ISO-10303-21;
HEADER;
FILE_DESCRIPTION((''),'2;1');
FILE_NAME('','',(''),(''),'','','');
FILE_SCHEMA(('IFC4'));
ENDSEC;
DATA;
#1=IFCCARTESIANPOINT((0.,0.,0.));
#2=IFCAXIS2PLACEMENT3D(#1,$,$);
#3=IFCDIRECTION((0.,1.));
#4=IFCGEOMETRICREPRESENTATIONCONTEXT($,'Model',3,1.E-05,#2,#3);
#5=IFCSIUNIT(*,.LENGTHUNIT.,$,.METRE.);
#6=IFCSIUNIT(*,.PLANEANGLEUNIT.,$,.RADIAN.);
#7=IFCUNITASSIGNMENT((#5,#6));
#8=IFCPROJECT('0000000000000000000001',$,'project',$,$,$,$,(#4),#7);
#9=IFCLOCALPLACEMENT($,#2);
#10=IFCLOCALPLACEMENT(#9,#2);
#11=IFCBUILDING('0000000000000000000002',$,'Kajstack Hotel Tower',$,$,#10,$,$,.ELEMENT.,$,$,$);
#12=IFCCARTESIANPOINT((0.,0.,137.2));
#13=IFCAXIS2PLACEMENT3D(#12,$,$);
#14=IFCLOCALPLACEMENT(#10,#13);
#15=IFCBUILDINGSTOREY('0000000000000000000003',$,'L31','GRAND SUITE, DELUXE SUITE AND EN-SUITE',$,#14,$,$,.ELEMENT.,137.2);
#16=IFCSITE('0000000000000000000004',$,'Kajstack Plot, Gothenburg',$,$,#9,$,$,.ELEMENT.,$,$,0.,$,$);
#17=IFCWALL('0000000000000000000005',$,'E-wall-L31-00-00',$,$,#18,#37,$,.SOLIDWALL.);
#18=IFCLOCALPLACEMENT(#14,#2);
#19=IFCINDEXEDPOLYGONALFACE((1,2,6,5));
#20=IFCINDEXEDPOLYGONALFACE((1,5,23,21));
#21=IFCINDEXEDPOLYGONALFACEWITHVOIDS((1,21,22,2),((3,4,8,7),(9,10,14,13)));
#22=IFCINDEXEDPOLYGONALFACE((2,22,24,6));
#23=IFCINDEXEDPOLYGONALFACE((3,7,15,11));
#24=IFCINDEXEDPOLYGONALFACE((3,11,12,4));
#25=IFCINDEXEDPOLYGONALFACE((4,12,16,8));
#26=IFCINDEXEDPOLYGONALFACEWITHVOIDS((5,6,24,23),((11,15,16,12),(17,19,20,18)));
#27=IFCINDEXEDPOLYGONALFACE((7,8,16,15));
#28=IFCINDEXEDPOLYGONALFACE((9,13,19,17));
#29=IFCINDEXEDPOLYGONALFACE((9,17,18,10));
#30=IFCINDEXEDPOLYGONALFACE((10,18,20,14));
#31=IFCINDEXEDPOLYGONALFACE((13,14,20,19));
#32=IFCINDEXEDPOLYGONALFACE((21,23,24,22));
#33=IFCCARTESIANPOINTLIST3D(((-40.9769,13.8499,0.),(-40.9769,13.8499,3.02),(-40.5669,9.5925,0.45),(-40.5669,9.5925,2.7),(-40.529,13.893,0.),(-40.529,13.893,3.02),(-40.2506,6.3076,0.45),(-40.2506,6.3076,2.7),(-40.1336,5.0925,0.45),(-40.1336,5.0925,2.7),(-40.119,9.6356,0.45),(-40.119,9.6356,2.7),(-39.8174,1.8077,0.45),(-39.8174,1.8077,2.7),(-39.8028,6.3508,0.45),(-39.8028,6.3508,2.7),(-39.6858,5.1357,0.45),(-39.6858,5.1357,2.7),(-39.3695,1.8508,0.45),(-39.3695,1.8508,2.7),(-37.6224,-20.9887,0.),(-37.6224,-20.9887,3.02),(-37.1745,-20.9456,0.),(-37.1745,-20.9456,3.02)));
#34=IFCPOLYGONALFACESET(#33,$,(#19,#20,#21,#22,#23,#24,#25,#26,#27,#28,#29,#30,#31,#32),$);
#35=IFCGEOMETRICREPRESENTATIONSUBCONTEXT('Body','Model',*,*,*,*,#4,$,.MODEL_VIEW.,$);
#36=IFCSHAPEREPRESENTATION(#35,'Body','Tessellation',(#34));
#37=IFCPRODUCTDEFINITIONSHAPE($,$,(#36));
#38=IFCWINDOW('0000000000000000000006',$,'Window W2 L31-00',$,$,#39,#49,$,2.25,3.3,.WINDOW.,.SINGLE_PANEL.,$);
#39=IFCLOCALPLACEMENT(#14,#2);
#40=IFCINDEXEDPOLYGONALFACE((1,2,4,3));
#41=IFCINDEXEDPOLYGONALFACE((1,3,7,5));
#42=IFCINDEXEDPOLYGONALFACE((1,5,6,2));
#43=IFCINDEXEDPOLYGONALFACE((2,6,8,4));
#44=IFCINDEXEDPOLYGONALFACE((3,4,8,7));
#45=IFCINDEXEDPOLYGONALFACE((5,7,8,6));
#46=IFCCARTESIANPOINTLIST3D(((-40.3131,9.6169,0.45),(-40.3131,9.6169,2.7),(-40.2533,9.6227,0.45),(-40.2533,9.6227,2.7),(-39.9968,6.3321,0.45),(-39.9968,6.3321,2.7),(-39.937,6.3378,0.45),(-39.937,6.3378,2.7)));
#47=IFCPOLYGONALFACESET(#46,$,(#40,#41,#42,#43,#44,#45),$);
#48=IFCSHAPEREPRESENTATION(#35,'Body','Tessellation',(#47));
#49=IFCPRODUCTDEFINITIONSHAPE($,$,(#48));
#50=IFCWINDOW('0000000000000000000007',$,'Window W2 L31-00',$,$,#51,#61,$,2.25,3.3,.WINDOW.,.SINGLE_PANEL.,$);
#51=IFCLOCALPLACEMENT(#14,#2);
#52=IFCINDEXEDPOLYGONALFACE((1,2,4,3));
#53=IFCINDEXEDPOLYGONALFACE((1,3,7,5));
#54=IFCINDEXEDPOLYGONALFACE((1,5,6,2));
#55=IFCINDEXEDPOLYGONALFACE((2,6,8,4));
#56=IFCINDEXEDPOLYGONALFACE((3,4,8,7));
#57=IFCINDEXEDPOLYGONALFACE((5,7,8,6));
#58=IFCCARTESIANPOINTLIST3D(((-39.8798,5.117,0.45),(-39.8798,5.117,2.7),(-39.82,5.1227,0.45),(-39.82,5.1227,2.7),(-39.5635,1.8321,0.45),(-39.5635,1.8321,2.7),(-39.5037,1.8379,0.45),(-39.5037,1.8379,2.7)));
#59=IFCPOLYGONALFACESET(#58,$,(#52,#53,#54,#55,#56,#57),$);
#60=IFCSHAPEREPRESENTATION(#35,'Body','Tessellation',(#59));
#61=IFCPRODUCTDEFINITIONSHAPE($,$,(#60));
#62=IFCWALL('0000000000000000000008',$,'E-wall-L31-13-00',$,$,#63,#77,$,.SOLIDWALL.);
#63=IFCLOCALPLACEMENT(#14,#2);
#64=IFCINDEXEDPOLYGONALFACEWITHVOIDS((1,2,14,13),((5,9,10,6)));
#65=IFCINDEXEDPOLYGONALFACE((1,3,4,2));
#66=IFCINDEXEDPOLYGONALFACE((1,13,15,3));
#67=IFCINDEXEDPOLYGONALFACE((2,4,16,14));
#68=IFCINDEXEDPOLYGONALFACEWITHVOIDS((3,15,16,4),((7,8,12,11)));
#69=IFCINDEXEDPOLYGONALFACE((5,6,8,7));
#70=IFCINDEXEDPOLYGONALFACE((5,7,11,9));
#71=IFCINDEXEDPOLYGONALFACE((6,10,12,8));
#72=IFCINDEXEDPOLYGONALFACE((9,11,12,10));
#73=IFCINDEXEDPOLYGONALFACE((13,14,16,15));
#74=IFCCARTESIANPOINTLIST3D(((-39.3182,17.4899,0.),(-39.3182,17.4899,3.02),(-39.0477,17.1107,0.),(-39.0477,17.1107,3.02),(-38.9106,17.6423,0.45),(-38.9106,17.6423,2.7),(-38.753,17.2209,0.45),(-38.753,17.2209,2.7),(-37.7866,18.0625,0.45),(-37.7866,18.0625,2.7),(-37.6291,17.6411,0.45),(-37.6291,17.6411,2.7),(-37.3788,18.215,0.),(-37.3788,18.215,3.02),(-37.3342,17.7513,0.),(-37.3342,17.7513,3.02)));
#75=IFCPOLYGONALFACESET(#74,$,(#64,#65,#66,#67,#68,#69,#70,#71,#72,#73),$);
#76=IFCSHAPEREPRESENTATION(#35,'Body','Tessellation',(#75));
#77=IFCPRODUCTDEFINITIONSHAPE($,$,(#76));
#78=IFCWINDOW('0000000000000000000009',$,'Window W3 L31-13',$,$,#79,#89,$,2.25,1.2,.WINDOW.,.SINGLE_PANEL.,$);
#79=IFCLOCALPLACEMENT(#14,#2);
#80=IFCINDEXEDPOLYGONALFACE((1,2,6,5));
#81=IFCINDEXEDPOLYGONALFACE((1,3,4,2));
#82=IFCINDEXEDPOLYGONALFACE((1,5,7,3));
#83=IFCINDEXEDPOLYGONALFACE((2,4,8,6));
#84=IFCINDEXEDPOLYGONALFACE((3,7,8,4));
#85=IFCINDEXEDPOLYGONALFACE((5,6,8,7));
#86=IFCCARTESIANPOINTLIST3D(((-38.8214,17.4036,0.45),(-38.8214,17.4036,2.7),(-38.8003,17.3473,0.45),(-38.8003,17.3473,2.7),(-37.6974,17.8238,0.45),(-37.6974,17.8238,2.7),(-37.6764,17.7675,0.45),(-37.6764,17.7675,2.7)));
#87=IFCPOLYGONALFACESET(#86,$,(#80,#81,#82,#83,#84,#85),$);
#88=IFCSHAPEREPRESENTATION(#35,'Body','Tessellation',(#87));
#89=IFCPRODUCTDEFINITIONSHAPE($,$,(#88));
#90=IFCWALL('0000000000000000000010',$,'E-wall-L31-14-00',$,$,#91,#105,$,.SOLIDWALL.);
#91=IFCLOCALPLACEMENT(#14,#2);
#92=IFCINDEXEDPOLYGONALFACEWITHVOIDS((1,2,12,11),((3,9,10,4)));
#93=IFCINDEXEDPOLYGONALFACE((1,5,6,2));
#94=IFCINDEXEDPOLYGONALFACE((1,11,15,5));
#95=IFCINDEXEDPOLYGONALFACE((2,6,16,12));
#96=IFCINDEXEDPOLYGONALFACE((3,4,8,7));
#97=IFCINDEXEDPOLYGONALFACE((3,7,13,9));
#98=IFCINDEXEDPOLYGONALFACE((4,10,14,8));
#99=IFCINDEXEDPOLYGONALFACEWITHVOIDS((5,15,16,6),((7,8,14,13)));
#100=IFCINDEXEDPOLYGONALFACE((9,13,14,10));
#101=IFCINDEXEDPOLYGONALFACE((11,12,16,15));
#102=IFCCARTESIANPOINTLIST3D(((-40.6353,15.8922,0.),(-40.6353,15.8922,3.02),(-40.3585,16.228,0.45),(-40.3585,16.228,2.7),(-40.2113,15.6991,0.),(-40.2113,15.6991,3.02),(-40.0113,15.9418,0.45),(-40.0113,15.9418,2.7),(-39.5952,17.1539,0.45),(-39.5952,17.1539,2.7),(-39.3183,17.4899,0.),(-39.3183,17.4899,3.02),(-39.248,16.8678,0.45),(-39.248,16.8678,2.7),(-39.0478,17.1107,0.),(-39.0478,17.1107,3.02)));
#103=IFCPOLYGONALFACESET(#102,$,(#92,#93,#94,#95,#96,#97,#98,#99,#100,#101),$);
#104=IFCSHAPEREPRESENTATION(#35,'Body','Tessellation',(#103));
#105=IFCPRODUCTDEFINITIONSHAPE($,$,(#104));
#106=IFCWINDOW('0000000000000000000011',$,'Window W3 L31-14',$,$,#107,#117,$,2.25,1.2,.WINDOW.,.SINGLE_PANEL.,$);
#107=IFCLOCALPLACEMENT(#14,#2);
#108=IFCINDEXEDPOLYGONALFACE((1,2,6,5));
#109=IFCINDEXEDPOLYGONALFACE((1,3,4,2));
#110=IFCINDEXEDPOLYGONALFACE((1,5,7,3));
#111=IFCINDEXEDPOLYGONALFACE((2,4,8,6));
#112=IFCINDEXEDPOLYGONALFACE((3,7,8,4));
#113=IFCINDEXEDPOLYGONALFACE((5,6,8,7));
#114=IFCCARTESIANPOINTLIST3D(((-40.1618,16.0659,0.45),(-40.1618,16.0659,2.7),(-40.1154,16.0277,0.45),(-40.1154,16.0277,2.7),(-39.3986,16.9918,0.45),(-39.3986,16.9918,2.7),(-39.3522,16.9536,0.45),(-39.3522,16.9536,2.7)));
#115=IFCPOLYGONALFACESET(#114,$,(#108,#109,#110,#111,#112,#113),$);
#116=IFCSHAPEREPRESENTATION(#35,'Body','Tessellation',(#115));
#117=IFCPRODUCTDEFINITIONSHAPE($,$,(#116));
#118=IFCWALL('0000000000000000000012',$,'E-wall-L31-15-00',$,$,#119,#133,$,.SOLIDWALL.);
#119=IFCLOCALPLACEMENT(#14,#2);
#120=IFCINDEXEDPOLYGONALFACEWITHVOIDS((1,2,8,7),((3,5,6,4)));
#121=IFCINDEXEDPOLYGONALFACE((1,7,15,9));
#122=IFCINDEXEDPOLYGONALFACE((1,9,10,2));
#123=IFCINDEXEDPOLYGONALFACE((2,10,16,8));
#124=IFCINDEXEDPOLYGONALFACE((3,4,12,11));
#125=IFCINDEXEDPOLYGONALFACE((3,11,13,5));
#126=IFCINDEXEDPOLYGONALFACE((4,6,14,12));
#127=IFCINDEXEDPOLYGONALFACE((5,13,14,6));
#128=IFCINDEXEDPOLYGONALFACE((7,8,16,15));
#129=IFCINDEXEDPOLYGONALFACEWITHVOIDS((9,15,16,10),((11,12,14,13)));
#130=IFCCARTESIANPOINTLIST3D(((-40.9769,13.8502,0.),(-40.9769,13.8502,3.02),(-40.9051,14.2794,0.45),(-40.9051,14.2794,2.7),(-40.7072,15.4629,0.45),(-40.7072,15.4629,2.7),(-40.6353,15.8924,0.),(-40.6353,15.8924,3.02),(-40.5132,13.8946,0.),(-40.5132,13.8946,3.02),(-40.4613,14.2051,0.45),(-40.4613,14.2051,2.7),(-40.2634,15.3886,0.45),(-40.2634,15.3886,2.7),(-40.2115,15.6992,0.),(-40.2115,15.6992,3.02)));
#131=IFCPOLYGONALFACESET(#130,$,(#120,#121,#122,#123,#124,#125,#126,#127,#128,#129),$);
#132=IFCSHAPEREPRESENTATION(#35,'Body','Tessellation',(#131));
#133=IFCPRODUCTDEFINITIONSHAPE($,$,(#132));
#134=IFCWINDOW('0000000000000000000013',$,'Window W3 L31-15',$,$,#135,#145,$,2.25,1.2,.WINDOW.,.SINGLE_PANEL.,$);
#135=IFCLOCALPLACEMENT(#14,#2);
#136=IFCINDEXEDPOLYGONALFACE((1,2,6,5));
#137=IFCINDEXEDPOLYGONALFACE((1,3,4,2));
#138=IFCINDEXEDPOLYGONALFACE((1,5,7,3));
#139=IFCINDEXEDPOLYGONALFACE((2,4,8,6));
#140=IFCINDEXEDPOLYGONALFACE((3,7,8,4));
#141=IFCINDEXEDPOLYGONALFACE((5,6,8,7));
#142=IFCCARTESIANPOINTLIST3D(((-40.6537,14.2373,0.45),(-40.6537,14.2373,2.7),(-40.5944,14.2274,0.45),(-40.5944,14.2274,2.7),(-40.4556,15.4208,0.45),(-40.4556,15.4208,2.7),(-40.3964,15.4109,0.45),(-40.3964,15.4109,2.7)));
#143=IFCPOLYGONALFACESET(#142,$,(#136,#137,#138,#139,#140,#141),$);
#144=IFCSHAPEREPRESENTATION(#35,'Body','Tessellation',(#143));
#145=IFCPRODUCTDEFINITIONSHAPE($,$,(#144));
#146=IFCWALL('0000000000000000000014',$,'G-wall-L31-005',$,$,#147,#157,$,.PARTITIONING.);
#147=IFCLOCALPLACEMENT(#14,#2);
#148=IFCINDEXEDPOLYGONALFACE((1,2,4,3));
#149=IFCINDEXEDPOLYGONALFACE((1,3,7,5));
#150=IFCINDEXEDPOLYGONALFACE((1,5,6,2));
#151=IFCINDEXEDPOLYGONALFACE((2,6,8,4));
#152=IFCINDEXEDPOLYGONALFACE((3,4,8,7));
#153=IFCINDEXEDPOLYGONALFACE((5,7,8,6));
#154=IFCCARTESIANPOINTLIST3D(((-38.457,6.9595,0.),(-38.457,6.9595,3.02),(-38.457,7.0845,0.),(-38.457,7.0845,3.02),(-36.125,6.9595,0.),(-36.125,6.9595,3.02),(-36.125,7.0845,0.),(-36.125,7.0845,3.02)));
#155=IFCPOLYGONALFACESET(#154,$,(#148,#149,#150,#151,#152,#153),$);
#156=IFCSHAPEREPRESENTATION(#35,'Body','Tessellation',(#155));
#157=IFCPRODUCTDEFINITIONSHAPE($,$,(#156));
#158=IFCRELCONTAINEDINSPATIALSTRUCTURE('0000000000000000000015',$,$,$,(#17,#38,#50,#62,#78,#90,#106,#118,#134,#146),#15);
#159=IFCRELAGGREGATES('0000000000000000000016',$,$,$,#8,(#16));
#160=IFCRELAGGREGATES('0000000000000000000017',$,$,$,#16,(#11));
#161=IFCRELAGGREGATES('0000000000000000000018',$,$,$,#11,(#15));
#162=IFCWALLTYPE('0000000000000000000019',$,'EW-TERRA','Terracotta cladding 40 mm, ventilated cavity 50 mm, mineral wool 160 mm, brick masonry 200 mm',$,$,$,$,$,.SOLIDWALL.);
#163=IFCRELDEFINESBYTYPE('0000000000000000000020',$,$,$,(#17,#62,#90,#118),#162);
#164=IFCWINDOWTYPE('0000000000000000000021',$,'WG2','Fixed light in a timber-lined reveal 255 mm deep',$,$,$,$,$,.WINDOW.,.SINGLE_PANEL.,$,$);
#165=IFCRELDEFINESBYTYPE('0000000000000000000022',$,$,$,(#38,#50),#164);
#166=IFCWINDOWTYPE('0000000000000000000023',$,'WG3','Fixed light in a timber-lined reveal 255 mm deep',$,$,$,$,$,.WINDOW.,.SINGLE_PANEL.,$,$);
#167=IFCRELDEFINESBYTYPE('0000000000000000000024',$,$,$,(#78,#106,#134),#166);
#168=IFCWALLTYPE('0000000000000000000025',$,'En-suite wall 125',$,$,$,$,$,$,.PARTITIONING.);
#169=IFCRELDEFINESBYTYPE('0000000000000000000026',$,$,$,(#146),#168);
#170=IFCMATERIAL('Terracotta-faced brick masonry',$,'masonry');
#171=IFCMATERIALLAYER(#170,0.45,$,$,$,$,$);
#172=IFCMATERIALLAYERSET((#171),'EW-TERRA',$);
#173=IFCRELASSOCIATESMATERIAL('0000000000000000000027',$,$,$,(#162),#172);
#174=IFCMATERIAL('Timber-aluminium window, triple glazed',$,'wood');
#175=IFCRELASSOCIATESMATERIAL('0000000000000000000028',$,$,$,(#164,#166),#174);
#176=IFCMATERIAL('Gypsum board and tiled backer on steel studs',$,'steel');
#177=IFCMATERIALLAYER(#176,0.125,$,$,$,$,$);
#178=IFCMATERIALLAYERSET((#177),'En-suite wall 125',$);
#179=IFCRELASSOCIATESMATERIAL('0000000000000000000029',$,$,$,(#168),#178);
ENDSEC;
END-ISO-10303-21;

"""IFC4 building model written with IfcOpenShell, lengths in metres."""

from ifc_helpers import new_model, si_unit, direction, frame, frame_2d, origin, place, context, subcontext, project, spatial, polyline, rectangle, outline, extrude, material, layer, layer_set, type_object, element, fill, save


model = new_model("IFC4")

# Units and contexts
model_context = context("Model", 3, precision=1e-05, world=origin(), true_north=direction((0.0, 1.0)))
body_context = subcontext(model_context, "Body", "Model", "MODEL_VIEW")
ifc_project = project(units=[si_unit("LENGTHUNIT", "METRE"), si_unit("PLANEANGLEUNIT", "RADIAN")], contexts=[model_context])

# Site, building, storey
site_placement = place(None, origin())
site = spatial("IfcSite", under=ifc_project, at=site_placement, Name="Kajstack Plot, Gothenburg", CompositionType="ELEMENT", RefElevation=0.0)
building_placement = place(site_placement, origin())
building = spatial("IfcBuilding", under=site, at=building_placement, Name="Kajstack Hotel Tower", CompositionType="ELEMENT")
storey_placement = place(building_placement, frame((0.0, 0.0, 137.2)))
storey = spatial("IfcBuildingStorey", under=building, at=storey_placement, Name="L31", Description="GRAND SUITE, DELUXE SUITE AND EN-SUITE", CompositionType="ELEMENT", Elevation=137.2)

# Wall, openings, windows
ifc_material_1 = material(Name="Terracotta-faced brick masonry", Category="masonry")
ifc_layer_1 = layer(ifc_material_1, 0.45)
ifc_layer_set_1 = layer_set([ifc_layer_1], Name="EW-TERRA")
wall_type_1 = type_object("IfcWallType", Name="EW-TERRA", Description="Terracotta cladding 40 mm, ventilated cavity 50 mm, mineral wool 160 mm, brick masonry 200 mm", PredefinedType="SOLIDWALL", material=ifc_layer_set_1)
wall_1_placement = place(storey_placement, frame((-40.7529, 13.8716, 0.0), z_axis=(0.0, 0.0, 1.0), x_axis=(0.095843, -0.995396, 0.0)))
wall_1 = element("IfcWall", 1, at=wall_1_placement, inside=storey, type_object=wall_type_1, Name="E-wall-L31-00-00", PredefinedType="SOLIDWALL", context=body_context, shape_type="SweptSolid", body=[
    extrude(rectangle(XDim=34.9998, YDim=0.45, at=frame_2d((17.5, 0.0))), origin(), (0.0, 0.0, 1.0), 3.02),
])
opening_1_placement = place(wall_1_placement, frame((4.2773, 0.0, 0.45)))
opening_1 = element("IfcOpeningElement", 2, at=opening_1_placement, cuts=wall_1, PredefinedType="OPENING", context=body_context, shape_type="SweptSolid", body=[
    extrude(rectangle(XDim=3.3, YDim=2.25, at=frame_2d((1.6499, 1.125))), frame((0.0, 0.2349, 0.0), z_axis=(0.0, -1.0, 0.0), x_axis=(1.0, 0.0, 0.0)), (0.0, 0.0, 1.0), 0.47),
])
opening_2_placement = place(wall_1_placement, frame((8.7981, 0.0, 0.45)))
opening_2 = element("IfcOpeningElement", 3, at=opening_2_placement, cuts=wall_1, PredefinedType="OPENING", context=body_context, shape_type="SweptSolid", body=[
    extrude(rectangle(XDim=3.3, YDim=2.25, at=frame_2d((1.6499, 1.125))), frame((0.0, 0.2349, 0.0), z_axis=(0.0, -1.0, 0.0), x_axis=(1.0, 0.0, 0.0)), (0.0, 0.0, 1.0), 0.47),
])
ifc_material_2 = material(Name="Timber-aluminium window, triple glazed", Category="wood")
window_type_1 = type_object("IfcWindowType", Name="WG2", Description="Fixed light in a timber-lined reveal 255 mm deep", PartitioningType="SINGLE_PANEL", PredefinedType="WINDOW", material=ifc_material_2)
window_1_placement = place(opening_1_placement, origin())
window_1 = element("IfcWindow", 4, at=window_1_placement, inside=storey, type_object=window_type_1, Name="Window W2 L31-00", OverallHeight=2.25, OverallWidth=3.3, PartitioningType="SINGLE_PANEL", PredefinedType="WINDOW", context=body_context, shape_type="SweptSolid", body=[
    extrude(rectangle(XDim=3.3, YDim=2.25, at=frame_2d((1.6499, 1.125))), frame((0.0, 0.0901, 0.0), z_axis=(0.0, -1.0, 0.0), x_axis=(1.0, 0.0, 0.0)), (0.0, 0.0, 1.0), 0.0601),
])
fill(opening_1, window_1)
window_2_placement = place(opening_2_placement, origin())
window_2 = element("IfcWindow", 5, at=window_2_placement, inside=storey, type_object=window_type_1, Name="Window W2 L31-00", OverallHeight=2.25, OverallWidth=3.3, PartitioningType="SINGLE_PANEL", PredefinedType="WINDOW", context=body_context, shape_type="SweptSolid", body=[
    extrude(rectangle(XDim=3.3, YDim=2.25, at=frame_2d((1.6499, 1.125))), frame((0.0, 0.0901, 0.0), z_axis=(0.0, -1.0, 0.0), x_axis=(1.0, 0.0, 0.0)), (0.0, 0.0, 1.0), 0.0601),
])
fill(opening_2, window_2)

# Walls, openings, windows
wall_2_placement = place(storey_placement, frame((-37.3, 18.0044, 0.0), z_axis=(0.0, 0.0, 1.0), x_axis=(-0.936678, -0.350193, 0.0)))
wall_2 = element("IfcWall", 6, at=wall_2_placement, inside=storey, type_object=wall_type_1, Name="E-wall-L31-13-00", PredefinedType="SOLIDWALL", context=body_context, shape_type="SweptSolid", body=[
    extrude(outline(polyline([(0.0, -0.2249), (2.0706, -0.2249), (1.95, 0.2251), (0.1206, 0.2251), (0.0, -0.2249)])), origin(), (0.0, 0.0, 1.0), 3.02),
])
opening_3_placement = place(wall_2_placement, frame((0.4353, 0.0, 0.45)))
opening_3 = element("IfcOpeningElement", 7, at=opening_3_placement, cuts=wall_2, PredefinedType="OPENING", context=body_context, shape_type="SweptSolid", body=[
    extrude(rectangle(XDim=1.2, YDim=2.25, at=frame_2d((0.6001, 1.125))), frame((0.0, 0.2349, 0.0), z_axis=(0.0, -1.0, 0.0), x_axis=(1.0, 0.0, 0.0)), (0.0, 0.0, 1.0), 0.47),
])
window_type_2 = type_object("IfcWindowType", Name="WG3", Description="Fixed light in a timber-lined reveal 255 mm deep", PartitioningType="SINGLE_PANEL", PredefinedType="WINDOW", material=ifc_material_2)
window_3_placement = place(opening_3_placement, origin())
window_3 = element("IfcWindow", 8, at=window_3_placement, inside=storey, type_object=window_type_2, Name="Window W3 L31-13", OverallHeight=2.25, OverallWidth=1.2, PartitioningType="SINGLE_PANEL", PredefinedType="WINDOW", context=body_context, shape_type="SweptSolid", body=[
    extrude(rectangle(XDim=1.2, YDim=2.25, at=frame_2d((0.6001, 1.125))), frame((0.0, 0.0901, 0.0), z_axis=(0.0, -1.0, 0.0), x_axis=(1.0, 0.0, 0.0)), (0.0, 0.0, 1.0), 0.0601),
])
fill(opening_3, window_3)
wall_3_placement = place(storey_placement, frame((-39.1448, 17.3469, 0.0), z_axis=(0.0, 0.0, 1.0), x_axis=(-0.636046, -0.771651, 0.0)))
wall_3 = element("IfcWall", 9, at=wall_3_placement, inside=storey, type_object=wall_type_1, Name="E-wall-L31-14-00", PredefinedType="SOLIDWALL", context=body_context, shape_type="SweptSolid", body=[
    extrude(outline(polyline([(0.0, -0.2249), (2.0706, -0.2249), (1.95, 0.2251), (0.1206, 0.2251), (0.0, -0.2249)])), origin(), (0.0, 0.0, 1.0), 3.02),
])
opening_4_placement = place(wall_3_placement, frame((0.4353, 0.0, 0.45)))
opening_4 = element("IfcOpeningElement", 10, at=opening_4_placement, cuts=wall_3, PredefinedType="OPENING", context=body_context, shape_type="SweptSolid", body=[
    extrude(rectangle(XDim=1.2, YDim=2.25, at=frame_2d((0.6001, 1.125))), frame((0.0, 0.2349, 0.0), z_axis=(0.0, -1.0, 0.0), x_axis=(1.0, 0.0, 0.0)), (0.0, 0.0, 1.0), 0.47),
])
window_4_placement = place(opening_4_placement, origin())
window_4 = element("IfcWindow", 11, at=window_4_placement, inside=storey, type_object=window_type_2, Name="Window W3 L31-14", OverallHeight=2.25, OverallWidth=1.2, PartitioningType="SINGLE_PANEL", PredefinedType="WINDOW", context=body_context, shape_type="SweptSolid", body=[
    extrude(rectangle(XDim=1.2, YDim=2.25, at=frame_2d((0.6001, 1.125))), frame((0.0, 0.0901, 0.0), z_axis=(0.0, -1.0, 0.0), x_axis=(1.0, 0.0, 0.0)), (0.0, 0.0, 1.0), 0.0601),
])
fill(opening_4, window_4)
wall_4_placement = place(storey_placement, frame((-40.4133, 15.8552, 0.0), z_axis=(0.0, 0.0, 1.0), x_axis=(-0.165068, -0.986282, 0.0)))
wall_4 = element("IfcWall", 12, at=wall_4_placement, inside=storey, type_object=wall_type_1, Name="E-wall-L31-15-00", PredefinedType="SOLIDWALL", context=body_context, shape_type="SweptSolid", body=[
    extrude(outline(polyline([(0.0, -0.2251), (2.0706, -0.2249), (1.9502, 0.2251), (0.1206, 0.2249), (0.0, -0.2251)])), origin(), (0.0, 0.0, 1.0), 3.02),
])
opening_5_placement = place(wall_4_placement, frame((0.4353, 0.0, 0.45)))
opening_5 = element("IfcOpeningElement", 13, at=opening_5_placement, cuts=wall_4, PredefinedType="OPENING", context=body_context, shape_type="SweptSolid", body=[
    extrude(rectangle(XDim=1.2, YDim=2.25, at=frame_2d((0.6001, 1.125))), frame((0.0, 0.2349, 0.0), z_axis=(0.0, -1.0, 0.0), x_axis=(1.0, 0.0, 0.0)), (0.0, 0.0, 1.0), 0.47),
])
window_5_placement = place(opening_5_placement, origin())
window_5 = element("IfcWindow", 14, at=window_5_placement, inside=storey, type_object=window_type_2, Name="Window W3 L31-15", OverallHeight=2.25, OverallWidth=1.2, PartitioningType="SINGLE_PANEL", PredefinedType="WINDOW", context=body_context, shape_type="SweptSolid", body=[
    extrude(rectangle(XDim=1.2, YDim=2.25, at=frame_2d((0.6001, 1.125))), frame((0.0, 0.0901, 0.0), z_axis=(0.0, -1.0, 0.0), x_axis=(1.0, 0.0, 0.0)), (0.0, 0.0, 1.0), 0.0601),
])
fill(opening_5, window_5)

# Wall
ifc_material_3 = material(Name="Gypsum board and tiled backer on steel studs", Category="steel")
ifc_layer_2 = layer(ifc_material_3, 0.125)
ifc_layer_set_2 = layer_set([ifc_layer_2], Name="En-suite wall 125")
wall_type_2 = type_object("IfcWallType", Name="En-suite wall 125", PredefinedType="PARTITIONING", material=ifc_layer_set_2)
wall_5_placement = place(storey_placement, frame((-38.457, 7.022, 0.0), z_axis=(0.0, 0.0, 1.0), x_axis=(1.0, 0.0, 0.0)))
element("IfcWall", 15, at=wall_5_placement, inside=storey, type_object=wall_type_2, Name="G-wall-L31-005", PredefinedType="PARTITIONING", context=body_context, shape_type="SweptSolid", body=[
    extrude(rectangle(XDim=2.332, YDim=0.125, at=frame_2d((1.166, 0.0))), origin(), (0.0, 0.0, 1.0), 3.02),
])

save(model, "model.ifc")
